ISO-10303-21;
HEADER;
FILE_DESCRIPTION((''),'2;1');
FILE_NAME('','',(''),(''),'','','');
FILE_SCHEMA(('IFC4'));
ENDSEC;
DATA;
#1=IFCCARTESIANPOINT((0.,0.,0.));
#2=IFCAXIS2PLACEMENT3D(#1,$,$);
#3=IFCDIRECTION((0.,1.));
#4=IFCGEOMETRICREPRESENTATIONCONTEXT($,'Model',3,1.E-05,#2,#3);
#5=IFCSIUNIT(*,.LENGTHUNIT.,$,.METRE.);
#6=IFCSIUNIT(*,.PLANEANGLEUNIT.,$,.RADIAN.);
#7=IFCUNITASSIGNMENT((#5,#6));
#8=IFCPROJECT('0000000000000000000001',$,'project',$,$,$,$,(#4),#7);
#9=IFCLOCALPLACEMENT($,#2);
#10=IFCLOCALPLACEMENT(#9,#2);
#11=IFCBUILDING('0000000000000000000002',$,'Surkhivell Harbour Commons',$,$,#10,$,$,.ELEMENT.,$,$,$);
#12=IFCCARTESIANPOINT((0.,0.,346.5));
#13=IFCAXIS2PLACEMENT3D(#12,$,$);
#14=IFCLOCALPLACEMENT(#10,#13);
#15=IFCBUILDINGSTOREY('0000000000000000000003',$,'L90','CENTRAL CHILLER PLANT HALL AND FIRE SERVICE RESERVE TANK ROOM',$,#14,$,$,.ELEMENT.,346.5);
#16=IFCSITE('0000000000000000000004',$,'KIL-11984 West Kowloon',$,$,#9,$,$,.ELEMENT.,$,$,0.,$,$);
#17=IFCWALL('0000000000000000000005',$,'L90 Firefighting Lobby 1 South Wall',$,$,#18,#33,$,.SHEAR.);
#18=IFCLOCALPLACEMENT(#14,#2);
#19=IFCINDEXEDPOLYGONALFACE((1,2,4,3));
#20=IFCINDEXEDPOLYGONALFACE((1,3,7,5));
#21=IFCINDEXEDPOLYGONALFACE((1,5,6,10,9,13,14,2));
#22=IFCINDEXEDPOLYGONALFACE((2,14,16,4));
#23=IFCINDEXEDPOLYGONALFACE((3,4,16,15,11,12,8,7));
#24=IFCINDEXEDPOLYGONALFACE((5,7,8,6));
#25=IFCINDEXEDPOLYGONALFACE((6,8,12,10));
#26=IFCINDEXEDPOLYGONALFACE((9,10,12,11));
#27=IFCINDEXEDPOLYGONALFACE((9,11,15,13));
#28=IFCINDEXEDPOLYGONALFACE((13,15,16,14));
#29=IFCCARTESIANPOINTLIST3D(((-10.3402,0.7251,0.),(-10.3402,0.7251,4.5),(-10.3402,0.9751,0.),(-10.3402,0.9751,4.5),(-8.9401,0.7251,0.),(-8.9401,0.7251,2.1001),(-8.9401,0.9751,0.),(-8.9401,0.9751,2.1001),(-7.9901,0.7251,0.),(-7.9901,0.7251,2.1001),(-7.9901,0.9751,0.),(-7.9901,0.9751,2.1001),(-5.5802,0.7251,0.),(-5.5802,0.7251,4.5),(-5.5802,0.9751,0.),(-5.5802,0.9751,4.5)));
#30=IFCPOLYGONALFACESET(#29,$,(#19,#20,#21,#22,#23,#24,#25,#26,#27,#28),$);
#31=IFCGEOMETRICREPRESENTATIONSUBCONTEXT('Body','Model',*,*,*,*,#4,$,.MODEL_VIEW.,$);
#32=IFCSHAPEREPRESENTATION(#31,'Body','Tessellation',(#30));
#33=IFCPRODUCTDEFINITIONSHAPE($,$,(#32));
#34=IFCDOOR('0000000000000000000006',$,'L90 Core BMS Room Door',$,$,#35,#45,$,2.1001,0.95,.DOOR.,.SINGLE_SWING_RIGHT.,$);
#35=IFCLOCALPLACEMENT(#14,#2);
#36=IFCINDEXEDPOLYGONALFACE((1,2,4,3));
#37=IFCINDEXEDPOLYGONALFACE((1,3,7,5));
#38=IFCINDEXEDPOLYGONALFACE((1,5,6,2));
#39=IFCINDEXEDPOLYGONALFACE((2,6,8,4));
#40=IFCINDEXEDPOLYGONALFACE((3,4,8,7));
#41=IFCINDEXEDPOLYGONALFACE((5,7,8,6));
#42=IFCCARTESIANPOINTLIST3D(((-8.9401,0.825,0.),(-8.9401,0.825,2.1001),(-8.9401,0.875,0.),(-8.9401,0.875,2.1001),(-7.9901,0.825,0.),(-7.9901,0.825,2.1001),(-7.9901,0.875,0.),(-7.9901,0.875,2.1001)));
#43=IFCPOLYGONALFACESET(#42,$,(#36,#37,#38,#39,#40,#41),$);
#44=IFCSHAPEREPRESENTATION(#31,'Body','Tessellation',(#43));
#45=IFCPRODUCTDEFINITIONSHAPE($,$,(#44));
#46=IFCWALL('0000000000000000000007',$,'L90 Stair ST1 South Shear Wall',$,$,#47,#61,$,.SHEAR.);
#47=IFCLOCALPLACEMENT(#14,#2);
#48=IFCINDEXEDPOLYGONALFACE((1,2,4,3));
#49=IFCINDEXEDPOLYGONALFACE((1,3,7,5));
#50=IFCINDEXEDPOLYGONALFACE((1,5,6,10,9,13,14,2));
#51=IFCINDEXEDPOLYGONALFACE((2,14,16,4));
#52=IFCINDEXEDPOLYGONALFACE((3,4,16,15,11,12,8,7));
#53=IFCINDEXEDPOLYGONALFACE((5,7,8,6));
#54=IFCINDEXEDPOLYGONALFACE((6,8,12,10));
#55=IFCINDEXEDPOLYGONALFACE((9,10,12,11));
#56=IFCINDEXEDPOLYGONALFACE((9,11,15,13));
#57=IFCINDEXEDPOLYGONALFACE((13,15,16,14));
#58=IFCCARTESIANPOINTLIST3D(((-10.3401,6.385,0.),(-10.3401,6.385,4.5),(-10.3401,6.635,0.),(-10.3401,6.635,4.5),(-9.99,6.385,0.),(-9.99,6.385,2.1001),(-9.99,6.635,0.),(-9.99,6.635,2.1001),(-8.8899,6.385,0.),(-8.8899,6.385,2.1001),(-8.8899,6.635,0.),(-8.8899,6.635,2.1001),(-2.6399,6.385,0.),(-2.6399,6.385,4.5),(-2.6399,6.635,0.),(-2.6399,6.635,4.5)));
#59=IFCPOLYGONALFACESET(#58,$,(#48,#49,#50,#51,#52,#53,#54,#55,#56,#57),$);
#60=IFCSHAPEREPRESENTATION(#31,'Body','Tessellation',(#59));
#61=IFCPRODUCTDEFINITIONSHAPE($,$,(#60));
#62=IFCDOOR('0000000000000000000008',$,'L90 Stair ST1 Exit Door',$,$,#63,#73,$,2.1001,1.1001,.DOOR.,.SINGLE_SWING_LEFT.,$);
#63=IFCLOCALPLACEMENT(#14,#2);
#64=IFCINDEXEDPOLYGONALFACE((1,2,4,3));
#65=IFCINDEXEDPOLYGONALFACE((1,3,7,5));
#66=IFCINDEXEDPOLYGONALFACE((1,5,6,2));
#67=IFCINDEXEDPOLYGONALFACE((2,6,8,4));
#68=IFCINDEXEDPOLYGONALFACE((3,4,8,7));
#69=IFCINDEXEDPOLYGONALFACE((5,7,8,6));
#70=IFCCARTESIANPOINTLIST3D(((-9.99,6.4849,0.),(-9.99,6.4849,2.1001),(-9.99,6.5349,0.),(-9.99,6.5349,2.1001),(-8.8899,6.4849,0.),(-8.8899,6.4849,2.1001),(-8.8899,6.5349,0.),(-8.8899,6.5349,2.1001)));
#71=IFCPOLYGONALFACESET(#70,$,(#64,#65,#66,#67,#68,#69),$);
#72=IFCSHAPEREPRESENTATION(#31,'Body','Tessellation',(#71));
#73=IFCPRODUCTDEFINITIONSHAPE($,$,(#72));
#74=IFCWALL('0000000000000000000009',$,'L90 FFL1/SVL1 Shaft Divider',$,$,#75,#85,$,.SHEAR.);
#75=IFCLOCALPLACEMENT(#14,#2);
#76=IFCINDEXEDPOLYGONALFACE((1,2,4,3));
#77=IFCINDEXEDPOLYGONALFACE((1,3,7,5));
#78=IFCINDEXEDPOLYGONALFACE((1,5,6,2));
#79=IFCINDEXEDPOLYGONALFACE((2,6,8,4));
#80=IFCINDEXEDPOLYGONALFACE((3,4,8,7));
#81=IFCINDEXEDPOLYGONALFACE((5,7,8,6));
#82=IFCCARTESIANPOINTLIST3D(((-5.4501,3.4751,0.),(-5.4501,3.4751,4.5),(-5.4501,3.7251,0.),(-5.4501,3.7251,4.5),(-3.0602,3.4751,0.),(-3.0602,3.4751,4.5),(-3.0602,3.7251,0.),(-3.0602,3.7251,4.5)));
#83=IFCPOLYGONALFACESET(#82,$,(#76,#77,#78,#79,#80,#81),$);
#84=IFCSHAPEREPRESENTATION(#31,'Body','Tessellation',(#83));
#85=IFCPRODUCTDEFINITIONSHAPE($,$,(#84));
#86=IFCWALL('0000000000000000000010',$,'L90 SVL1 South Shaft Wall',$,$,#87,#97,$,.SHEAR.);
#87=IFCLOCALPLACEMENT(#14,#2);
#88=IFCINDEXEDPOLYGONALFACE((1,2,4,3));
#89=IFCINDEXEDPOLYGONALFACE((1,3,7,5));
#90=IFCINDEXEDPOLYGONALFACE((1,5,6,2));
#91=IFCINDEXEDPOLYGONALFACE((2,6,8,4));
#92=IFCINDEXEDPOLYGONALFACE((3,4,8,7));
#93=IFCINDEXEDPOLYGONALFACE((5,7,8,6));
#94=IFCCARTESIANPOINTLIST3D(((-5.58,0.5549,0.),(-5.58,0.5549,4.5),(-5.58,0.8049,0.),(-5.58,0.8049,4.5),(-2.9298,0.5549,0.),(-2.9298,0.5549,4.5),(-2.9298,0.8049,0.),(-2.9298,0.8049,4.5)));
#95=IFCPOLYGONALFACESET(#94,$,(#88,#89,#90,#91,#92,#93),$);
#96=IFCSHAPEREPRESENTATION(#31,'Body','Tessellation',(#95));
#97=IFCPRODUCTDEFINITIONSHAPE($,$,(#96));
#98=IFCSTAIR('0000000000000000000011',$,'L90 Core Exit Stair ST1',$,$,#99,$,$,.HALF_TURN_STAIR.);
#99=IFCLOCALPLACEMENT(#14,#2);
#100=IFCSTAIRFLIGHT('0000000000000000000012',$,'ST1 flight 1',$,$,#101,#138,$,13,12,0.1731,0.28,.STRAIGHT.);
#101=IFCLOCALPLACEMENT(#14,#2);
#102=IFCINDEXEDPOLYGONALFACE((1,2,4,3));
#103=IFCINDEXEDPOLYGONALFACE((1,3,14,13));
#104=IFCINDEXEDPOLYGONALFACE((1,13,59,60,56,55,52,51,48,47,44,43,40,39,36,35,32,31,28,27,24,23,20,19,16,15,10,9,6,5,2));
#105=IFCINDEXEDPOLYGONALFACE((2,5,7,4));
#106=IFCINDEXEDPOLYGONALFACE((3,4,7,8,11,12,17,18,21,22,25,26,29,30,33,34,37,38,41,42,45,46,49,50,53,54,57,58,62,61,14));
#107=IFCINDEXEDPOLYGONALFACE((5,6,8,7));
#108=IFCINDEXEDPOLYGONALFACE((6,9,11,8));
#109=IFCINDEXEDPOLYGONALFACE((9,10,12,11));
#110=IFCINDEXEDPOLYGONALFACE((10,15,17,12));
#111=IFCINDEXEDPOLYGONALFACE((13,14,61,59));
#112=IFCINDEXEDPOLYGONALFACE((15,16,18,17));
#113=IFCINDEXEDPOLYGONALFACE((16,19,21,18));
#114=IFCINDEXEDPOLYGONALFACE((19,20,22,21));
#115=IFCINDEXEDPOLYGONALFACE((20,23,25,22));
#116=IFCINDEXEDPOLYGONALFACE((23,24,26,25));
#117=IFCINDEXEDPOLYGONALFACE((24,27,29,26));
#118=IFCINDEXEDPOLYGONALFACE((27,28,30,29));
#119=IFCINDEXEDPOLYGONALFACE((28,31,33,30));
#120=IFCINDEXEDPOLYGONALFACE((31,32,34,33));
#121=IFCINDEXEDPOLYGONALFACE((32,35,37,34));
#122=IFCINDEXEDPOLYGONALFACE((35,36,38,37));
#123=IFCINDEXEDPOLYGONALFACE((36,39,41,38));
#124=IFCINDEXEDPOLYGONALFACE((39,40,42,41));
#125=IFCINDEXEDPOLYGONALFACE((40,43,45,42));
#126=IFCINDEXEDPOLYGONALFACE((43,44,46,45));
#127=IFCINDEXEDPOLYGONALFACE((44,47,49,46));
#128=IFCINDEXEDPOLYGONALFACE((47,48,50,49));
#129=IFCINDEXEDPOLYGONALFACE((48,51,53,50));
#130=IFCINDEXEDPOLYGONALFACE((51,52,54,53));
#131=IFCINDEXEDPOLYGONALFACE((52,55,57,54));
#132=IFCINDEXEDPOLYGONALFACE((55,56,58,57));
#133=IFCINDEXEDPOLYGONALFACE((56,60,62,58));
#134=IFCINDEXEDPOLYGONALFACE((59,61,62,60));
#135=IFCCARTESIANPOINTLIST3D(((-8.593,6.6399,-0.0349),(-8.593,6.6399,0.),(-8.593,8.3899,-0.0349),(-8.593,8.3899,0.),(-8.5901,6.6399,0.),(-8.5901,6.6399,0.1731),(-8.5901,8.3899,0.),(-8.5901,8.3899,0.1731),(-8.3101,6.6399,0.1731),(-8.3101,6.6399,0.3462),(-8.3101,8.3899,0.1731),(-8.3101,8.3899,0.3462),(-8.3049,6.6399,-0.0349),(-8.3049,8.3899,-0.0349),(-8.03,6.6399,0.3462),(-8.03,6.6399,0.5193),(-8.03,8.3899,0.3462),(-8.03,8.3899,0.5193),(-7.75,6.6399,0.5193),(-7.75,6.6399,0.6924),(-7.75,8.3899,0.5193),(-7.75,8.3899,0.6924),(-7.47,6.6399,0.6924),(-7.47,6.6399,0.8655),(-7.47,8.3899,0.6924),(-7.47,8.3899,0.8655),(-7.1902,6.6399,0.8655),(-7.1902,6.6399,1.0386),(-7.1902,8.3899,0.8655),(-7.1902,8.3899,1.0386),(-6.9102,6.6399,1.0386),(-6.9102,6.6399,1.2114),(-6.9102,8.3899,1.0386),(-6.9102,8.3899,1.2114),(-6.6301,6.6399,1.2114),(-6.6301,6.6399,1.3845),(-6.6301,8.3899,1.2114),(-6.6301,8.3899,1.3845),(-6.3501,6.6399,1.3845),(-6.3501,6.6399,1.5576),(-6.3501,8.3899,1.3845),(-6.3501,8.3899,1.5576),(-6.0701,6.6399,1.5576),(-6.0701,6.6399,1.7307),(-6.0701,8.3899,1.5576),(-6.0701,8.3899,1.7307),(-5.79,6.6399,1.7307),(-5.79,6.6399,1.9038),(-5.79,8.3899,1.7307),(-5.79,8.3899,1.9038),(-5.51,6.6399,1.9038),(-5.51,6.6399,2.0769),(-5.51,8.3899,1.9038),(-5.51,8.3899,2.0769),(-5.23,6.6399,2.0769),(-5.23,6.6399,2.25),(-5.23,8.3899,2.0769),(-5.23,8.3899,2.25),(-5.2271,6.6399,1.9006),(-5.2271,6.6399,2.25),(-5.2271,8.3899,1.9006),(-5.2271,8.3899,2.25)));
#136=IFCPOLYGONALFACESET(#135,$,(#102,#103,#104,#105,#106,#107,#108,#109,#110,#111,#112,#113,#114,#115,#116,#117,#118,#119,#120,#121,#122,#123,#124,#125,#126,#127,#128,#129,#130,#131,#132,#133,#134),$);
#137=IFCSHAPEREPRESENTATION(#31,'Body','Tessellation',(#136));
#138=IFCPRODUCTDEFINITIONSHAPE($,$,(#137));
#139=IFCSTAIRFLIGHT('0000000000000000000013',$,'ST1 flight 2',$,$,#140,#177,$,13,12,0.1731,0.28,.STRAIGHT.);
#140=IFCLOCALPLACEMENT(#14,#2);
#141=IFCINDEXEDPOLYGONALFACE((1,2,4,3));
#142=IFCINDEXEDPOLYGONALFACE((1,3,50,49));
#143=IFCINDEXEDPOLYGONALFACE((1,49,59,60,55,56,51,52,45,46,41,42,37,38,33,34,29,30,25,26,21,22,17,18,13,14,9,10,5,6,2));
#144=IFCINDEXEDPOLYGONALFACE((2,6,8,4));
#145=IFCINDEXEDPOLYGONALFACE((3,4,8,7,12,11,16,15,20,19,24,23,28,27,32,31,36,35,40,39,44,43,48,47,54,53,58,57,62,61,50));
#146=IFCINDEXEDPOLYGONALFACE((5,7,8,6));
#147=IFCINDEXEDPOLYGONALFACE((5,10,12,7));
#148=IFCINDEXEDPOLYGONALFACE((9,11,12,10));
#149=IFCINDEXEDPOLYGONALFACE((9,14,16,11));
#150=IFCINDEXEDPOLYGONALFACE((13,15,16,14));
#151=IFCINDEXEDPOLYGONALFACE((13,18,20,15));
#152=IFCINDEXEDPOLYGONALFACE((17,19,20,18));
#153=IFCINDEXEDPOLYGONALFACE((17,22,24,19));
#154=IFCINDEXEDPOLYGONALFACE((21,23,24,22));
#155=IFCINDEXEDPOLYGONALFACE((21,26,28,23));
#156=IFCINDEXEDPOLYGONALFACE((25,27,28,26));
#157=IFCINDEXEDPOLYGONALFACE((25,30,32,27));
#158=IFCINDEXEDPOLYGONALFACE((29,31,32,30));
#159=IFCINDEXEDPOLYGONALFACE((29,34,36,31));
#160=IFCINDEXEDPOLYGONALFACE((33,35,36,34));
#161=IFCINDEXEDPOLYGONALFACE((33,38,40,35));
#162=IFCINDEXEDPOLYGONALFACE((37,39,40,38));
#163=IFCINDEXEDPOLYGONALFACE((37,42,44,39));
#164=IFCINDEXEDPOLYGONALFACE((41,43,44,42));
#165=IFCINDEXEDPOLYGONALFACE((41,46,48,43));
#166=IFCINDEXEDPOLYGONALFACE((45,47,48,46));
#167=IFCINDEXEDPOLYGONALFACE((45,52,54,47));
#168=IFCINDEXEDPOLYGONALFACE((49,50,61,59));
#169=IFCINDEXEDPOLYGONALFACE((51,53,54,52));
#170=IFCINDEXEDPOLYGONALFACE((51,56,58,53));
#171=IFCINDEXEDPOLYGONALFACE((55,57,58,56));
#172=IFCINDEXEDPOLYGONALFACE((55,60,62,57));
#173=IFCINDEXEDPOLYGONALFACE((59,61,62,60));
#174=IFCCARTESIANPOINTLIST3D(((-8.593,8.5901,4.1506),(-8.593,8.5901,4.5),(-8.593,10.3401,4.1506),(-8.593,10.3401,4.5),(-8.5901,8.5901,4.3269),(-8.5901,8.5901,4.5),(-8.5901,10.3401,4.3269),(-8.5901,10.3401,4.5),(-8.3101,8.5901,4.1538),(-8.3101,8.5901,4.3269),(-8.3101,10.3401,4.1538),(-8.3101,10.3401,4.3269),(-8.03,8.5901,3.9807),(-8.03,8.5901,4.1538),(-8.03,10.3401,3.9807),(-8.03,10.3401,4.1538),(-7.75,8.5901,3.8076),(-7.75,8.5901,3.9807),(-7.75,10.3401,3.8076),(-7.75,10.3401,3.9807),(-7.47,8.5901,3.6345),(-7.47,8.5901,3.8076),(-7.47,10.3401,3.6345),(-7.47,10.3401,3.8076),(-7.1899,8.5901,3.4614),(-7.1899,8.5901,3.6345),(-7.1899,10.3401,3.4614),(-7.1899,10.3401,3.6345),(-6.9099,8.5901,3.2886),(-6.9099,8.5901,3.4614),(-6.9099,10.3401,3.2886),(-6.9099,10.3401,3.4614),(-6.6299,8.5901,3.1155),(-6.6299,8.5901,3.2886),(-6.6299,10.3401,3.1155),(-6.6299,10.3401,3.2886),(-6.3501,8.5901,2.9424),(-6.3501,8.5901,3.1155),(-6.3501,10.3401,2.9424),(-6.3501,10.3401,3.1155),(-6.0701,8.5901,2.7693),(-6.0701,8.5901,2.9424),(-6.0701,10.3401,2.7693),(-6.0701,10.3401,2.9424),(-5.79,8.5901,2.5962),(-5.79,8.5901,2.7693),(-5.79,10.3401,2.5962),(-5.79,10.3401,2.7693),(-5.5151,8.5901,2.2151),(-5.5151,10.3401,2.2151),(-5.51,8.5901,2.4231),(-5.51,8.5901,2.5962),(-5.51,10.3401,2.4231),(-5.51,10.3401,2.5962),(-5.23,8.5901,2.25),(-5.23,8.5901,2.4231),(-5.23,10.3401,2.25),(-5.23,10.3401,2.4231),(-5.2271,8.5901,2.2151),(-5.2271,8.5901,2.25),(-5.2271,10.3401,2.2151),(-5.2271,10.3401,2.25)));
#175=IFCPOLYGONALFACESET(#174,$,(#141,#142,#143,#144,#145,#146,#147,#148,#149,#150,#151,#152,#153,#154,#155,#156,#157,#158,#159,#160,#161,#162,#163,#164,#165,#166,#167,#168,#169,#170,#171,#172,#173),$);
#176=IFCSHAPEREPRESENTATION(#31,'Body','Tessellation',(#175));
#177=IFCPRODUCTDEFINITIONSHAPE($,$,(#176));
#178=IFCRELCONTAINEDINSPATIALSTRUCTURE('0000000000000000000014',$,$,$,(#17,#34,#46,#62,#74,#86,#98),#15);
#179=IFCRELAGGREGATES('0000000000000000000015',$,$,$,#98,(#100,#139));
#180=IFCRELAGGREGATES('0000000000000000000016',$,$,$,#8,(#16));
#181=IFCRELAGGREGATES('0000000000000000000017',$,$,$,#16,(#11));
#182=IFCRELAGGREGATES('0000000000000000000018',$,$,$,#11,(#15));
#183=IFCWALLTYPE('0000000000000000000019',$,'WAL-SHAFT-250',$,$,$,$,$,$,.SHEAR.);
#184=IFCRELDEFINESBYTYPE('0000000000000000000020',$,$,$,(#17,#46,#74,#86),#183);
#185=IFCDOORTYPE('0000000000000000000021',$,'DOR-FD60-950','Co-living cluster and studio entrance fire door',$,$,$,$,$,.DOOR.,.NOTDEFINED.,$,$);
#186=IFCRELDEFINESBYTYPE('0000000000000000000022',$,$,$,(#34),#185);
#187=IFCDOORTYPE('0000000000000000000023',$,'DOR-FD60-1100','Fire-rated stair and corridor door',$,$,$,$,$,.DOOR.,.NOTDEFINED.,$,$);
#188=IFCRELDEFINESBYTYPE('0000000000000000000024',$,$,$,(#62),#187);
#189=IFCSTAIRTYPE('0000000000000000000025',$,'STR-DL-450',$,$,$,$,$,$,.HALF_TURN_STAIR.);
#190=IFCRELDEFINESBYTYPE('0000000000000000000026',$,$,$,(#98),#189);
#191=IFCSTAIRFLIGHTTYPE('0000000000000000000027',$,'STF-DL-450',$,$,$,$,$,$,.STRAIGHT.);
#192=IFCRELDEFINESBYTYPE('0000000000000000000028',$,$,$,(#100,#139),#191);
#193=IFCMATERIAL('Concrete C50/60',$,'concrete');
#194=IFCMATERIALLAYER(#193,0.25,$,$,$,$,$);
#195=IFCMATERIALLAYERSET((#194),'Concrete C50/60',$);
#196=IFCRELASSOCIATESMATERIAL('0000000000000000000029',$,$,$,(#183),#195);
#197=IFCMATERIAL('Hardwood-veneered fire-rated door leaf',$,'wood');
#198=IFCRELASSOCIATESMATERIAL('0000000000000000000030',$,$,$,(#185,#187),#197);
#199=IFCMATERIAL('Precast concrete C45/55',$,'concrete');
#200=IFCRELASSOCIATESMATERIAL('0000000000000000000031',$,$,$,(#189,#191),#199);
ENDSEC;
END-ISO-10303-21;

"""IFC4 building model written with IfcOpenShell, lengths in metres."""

from ifc_helpers import new_model, si_unit, direction, frame, frame_2d, origin, place, context, subcontext, project, spatial, polyline, rectangle, outline, extrude, material, layer, layer_set, type_object, element, fill, aggregate, save


model = new_model("IFC4")

# Units and contexts
model_context = context("Model", 3, precision=1e-05, world=origin(), true_north=direction((0.0, 1.0)))
body_context = subcontext(model_context, "Body", "Model", "MODEL_VIEW")
ifc_project = project(units=[si_unit("LENGTHUNIT", "METRE"), si_unit("PLANEANGLEUNIT", "RADIAN")], contexts=[model_context])

# Site, building, storey
site_placement = place(None, origin())
site = spatial("IfcSite", under=ifc_project, at=site_placement, Name="KIL-11984 West Kowloon", CompositionType="ELEMENT", RefElevation=0.0)
building_placement = place(site_placement, origin())
building = spatial("IfcBuilding", under=site, at=building_placement, Name="Surkhivell Harbour Commons", CompositionType="ELEMENT")
storey_placement = place(building_placement, frame((0.0, 0.0, 346.5)))
storey = spatial("IfcBuildingStorey", under=building, at=storey_placement, Name="L90", Description="CENTRAL CHILLER PLANT HALL AND FIRE SERVICE RESERVE TANK ROOM", CompositionType="ELEMENT", Elevation=346.5)

# Shared definitions
ifc_material_1 = material(Name="Concrete C50/60", Category="concrete")
ifc_material_2 = material(Name="Hardwood-veneered fire-rated door leaf", Category="wood")

# Walls, openings, doors
ifc_layer_1 = layer(ifc_material_1, 0.25)
ifc_layer_set_1 = layer_set([ifc_layer_1], Name="Concrete C50/60")
wall_type_1 = type_object("IfcWallType", Name="WAL-SHAFT-250", PredefinedType="SHEAR", material=ifc_layer_set_1)
wall_1_placement = place(storey_placement, frame((-10.3401, 0.8501, 0.0), z_axis=(0.0, 0.0, 1.0), x_axis=(1.0, 0.0, 0.0)))
wall_1 = element("IfcWall", 1, at=wall_1_placement, inside=storey, type_object=wall_type_1, Name="L90 Firefighting Lobby 1 South Wall", PredefinedType="SHEAR", context=body_context, shape_type="SweptSolid", body=[
    extrude(rectangle(XDim=4.76, YDim=0.25, at=frame_2d((2.3799, 0.0))), origin(), (0.0, 0.0, 1.0), 4.5),
])
opening_1_placement = place(wall_1_placement, frame((1.3999, 0.0, 0.0)))
opening_1 = element("IfcOpeningElement", 2, at=opening_1_placement, cuts=wall_1, PredefinedType="OPENING", context=body_context, shape_type="SweptSolid", body=[
    extrude(rectangle(XDim=0.95, YDim=2.1001, at=frame_2d((0.4751, 1.05))), frame((0.0, 0.135, 0.0), z_axis=(0.0, -1.0, 0.0), x_axis=(1.0, 0.0, 0.0)), (0.0, 0.0, 1.0), 0.27),
])
door_type_1 = type_object("IfcDoorType", Name="DOR-FD60-950", Description="Co-living cluster and studio entrance fire door", OperationType="NOTDEFINED", PredefinedType="DOOR", material=ifc_material_2)
door_1_placement = place(opening_1_placement, origin())
door_1 = element("IfcDoor", 3, at=door_1_placement, inside=storey, type_object=door_type_1, Name="L90 Core BMS Room Door", OperationType="SINGLE_SWING_RIGHT", OverallHeight=2.1001, OverallWidth=0.95, PredefinedType="DOOR", context=body_context, shape_type="SweptSolid", body=[
    extrude(rectangle(XDim=0.95, YDim=2.1001, at=frame_2d((0.4751, 1.05))), frame((0.0, 0.0249, 0.0), z_axis=(0.0, -1.0, 0.0), x_axis=(1.0, 0.0, 0.0)), (0.0, 0.0, 1.0), 0.05),
])
fill(opening_1, door_1)
wall_2_placement = place(storey_placement, frame((-10.3401, 6.51, 0.0), z_axis=(0.0, 0.0, 1.0), x_axis=(1.0, 0.0, 0.0)))
wall_2 = element("IfcWall", 4, at=wall_2_placement, inside=storey, type_object=wall_type_1, Name="L90 Stair ST1 South Shear Wall", PredefinedType="SHEAR", context=body_context, shape_type="SweptSolid", body=[
    extrude(rectangle(XDim=7.7002, YDim=0.25, at=frame_2d((3.8501, 0.0))), origin(), (0.0, 0.0, 1.0), 4.5),
])
opening_2_placement = place(wall_2_placement, frame((0.3501, 0.0, 0.0)))
opening_2 = element("IfcOpeningElement", 5, at=opening_2_placement, cuts=wall_2, PredefinedType="OPENING", context=body_context, shape_type="SweptSolid", body=[
    extrude(rectangle(XDim=1.1001, YDim=2.1001, at=frame_2d((0.55, 1.05))), frame((0.0, 0.135, 0.0), z_axis=(0.0, -1.0, 0.0), x_axis=(1.0, 0.0, 0.0)), (0.0, 0.0, 1.0), 0.27),
])
door_type_2 = type_object("IfcDoorType", Name="DOR-FD60-1100", Description="Fire-rated stair and corridor door", OperationType="NOTDEFINED", PredefinedType="DOOR", material=ifc_material_2)
door_2_placement = place(opening_2_placement, origin())
door_2 = element("IfcDoor", 6, at=door_2_placement, inside=storey, type_object=door_type_2, Name="L90 Stair ST1 Exit Door", OperationType="SINGLE_SWING_LEFT", OverallHeight=2.1001, OverallWidth=1.1001, PredefinedType="DOOR", context=body_context, shape_type="SweptSolid", body=[
    extrude(rectangle(XDim=1.1001, YDim=2.1001, at=frame_2d((0.55, 1.05))), frame((0.0, 0.0249, 0.0), z_axis=(0.0, -1.0, 0.0), x_axis=(1.0, 0.0, 0.0)), (0.0, 0.0, 1.0), 0.05),
])
fill(opening_2, door_2)

# Walls
wall_3_placement = place(storey_placement, frame((-5.45, 3.6001, 0.0), z_axis=(0.0, 0.0, 1.0), x_axis=(1.0, 0.0, 0.0)))
element("IfcWall", 7, at=wall_3_placement, inside=storey, type_object=wall_type_1, Name="L90 FFL1/SVL1 Shaft Divider", PredefinedType="SHEAR", context=body_context, shape_type="SweptSolid", body=[
    extrude(rectangle(XDim=2.3899, YDim=0.25, at=frame_2d((1.1948, 0.0))), origin(), (0.0, 0.0, 1.0), 4.5),
])
wall_4_placement = place(storey_placement, frame((-5.5801, 0.6799, 0.0), z_axis=(0.0, 0.0, 1.0), x_axis=(1.0, 0.0, 0.0)))
element("IfcWall", 8, at=wall_4_placement, inside=storey, type_object=wall_type_1, Name="L90 SVL1 South Shaft Wall", PredefinedType="SHEAR", context=body_context, shape_type="SweptSolid", body=[
    extrude(rectangle(XDim=2.6501, YDim=0.25, at=frame_2d((1.3252, 0.0))), origin(), (0.0, 0.0, 1.0), 4.5),
])

# Stair, stair flights
ifc_material_3 = material(Name="Precast concrete C45/55", Category="concrete")
stair_type = type_object("IfcStairType", Name="STR-DL-450", PredefinedType="HALF_TURN_STAIR", material=ifc_material_3)
stair_placement = place(storey_placement, origin())
stair = element("IfcStair", 9, at=stair_placement, inside=storey, type_object=stair_type, Name="L90 Core Exit Stair ST1", PredefinedType="HALF_TURN_STAIR")
stair_flight_type = type_object("IfcStairFlightType", Name="STF-DL-450", PredefinedType="STRAIGHT", material=ifc_material_3)
stair_flight_1_placement = place(storey_placement, frame((-8.5901, 7.5149, 0.0), z_axis=(0.0, 0.0, 1.0), x_axis=(1.0, 0.0, 0.0)))
stair_flight_1 = element("IfcStairFlight", 10, at=stair_flight_1_placement, type_object=stair_flight_type, Name="ST1 flight 1", NumberOfRisers=13, NumberOfTreads=12, PredefinedType="STRAIGHT", RiserHeight=0.1731, TreadLength=0.28, context=body_context, shape_type="SweptSolid", body=[
    extrude(outline(polyline([(-0.0029, -0.0349), (-0.0029, 0.0), (0.0, 0.0), (0.0, 0.1731), (0.28, 0.1731), (0.28, 0.3462), (0.5601, 0.3462), (0.5601, 0.5193), (0.8401, 0.5193), (0.8401, 0.6924), (1.1201, 0.6924), (1.1201, 0.8655), (1.3999, 0.8655), (1.3999, 1.0386), (1.6799, 1.0386), (1.6799, 1.2114), (1.96, 1.2114), (1.96, 1.3845), (2.24, 1.3845), (2.24, 1.5576), (2.52, 1.5576), (2.52, 1.7307), (2.8, 1.7307), (2.8, 1.9038), (3.0801, 1.9038), (3.0801, 2.0769), (3.3601, 2.0769), (3.3601, 2.25), (3.363, 2.25), (3.363, 1.9006), (0.2852, -0.0349), (-0.0029, -0.0349)])), frame((0.0, 0.875, 0.0), z_axis=(0.0, -1.0, 0.0), x_axis=(1.0, 0.0, 0.0)), (0.0, 0.0, 1.0), 1.75),
])
stair_flight_2_placement = place(storey_placement, frame((-5.23, 9.4651, 2.25), z_axis=(0.0, 0.0, 1.0), x_axis=(-1.0, 0.0, 0.0)))
stair_flight_2 = element("IfcStairFlight", 11, at=stair_flight_2_placement, type_object=stair_flight_type, Name="ST1 flight 2", NumberOfRisers=13, NumberOfTreads=12, PredefinedType="STRAIGHT", RiserHeight=0.1731, TreadLength=0.28, context=body_context, shape_type="SweptSolid", body=[
    extrude(outline(polyline([(-0.0029, -0.0349), (-0.0029, 0.0), (0.0, 0.0), (0.0, 0.1731), (0.28, 0.1731), (0.28, 0.3462), (0.5601, 0.3462), (0.5601, 0.5193), (0.8401, 0.5193), (0.8401, 0.6924), (1.1201, 0.6924), (1.1201, 0.8655), (1.3999, 0.8655), (1.3999, 1.0386), (1.6799, 1.0386), (1.6799, 1.2114), (1.96, 1.2114), (1.96, 1.3845), (2.24, 1.3845), (2.24, 1.5576), (2.52, 1.5576), (2.52, 1.7307), (2.8, 1.7307), (2.8, 1.9038), (3.0801, 1.9038), (3.0801, 2.0769), (3.3601, 2.0769), (3.3601, 2.25), (3.363, 2.25), (3.363, 1.9006), (0.2852, -0.0349), (-0.0029, -0.0349)])), frame((0.0, 0.875, 0.0), z_axis=(0.0, -1.0, 0.0), x_axis=(1.0, 0.0, 0.0)), (0.0, 0.0, 1.0), 1.75),
])
aggregate(stair, [stair_flight_1, stair_flight_2])

save(model, "model.ifc")
